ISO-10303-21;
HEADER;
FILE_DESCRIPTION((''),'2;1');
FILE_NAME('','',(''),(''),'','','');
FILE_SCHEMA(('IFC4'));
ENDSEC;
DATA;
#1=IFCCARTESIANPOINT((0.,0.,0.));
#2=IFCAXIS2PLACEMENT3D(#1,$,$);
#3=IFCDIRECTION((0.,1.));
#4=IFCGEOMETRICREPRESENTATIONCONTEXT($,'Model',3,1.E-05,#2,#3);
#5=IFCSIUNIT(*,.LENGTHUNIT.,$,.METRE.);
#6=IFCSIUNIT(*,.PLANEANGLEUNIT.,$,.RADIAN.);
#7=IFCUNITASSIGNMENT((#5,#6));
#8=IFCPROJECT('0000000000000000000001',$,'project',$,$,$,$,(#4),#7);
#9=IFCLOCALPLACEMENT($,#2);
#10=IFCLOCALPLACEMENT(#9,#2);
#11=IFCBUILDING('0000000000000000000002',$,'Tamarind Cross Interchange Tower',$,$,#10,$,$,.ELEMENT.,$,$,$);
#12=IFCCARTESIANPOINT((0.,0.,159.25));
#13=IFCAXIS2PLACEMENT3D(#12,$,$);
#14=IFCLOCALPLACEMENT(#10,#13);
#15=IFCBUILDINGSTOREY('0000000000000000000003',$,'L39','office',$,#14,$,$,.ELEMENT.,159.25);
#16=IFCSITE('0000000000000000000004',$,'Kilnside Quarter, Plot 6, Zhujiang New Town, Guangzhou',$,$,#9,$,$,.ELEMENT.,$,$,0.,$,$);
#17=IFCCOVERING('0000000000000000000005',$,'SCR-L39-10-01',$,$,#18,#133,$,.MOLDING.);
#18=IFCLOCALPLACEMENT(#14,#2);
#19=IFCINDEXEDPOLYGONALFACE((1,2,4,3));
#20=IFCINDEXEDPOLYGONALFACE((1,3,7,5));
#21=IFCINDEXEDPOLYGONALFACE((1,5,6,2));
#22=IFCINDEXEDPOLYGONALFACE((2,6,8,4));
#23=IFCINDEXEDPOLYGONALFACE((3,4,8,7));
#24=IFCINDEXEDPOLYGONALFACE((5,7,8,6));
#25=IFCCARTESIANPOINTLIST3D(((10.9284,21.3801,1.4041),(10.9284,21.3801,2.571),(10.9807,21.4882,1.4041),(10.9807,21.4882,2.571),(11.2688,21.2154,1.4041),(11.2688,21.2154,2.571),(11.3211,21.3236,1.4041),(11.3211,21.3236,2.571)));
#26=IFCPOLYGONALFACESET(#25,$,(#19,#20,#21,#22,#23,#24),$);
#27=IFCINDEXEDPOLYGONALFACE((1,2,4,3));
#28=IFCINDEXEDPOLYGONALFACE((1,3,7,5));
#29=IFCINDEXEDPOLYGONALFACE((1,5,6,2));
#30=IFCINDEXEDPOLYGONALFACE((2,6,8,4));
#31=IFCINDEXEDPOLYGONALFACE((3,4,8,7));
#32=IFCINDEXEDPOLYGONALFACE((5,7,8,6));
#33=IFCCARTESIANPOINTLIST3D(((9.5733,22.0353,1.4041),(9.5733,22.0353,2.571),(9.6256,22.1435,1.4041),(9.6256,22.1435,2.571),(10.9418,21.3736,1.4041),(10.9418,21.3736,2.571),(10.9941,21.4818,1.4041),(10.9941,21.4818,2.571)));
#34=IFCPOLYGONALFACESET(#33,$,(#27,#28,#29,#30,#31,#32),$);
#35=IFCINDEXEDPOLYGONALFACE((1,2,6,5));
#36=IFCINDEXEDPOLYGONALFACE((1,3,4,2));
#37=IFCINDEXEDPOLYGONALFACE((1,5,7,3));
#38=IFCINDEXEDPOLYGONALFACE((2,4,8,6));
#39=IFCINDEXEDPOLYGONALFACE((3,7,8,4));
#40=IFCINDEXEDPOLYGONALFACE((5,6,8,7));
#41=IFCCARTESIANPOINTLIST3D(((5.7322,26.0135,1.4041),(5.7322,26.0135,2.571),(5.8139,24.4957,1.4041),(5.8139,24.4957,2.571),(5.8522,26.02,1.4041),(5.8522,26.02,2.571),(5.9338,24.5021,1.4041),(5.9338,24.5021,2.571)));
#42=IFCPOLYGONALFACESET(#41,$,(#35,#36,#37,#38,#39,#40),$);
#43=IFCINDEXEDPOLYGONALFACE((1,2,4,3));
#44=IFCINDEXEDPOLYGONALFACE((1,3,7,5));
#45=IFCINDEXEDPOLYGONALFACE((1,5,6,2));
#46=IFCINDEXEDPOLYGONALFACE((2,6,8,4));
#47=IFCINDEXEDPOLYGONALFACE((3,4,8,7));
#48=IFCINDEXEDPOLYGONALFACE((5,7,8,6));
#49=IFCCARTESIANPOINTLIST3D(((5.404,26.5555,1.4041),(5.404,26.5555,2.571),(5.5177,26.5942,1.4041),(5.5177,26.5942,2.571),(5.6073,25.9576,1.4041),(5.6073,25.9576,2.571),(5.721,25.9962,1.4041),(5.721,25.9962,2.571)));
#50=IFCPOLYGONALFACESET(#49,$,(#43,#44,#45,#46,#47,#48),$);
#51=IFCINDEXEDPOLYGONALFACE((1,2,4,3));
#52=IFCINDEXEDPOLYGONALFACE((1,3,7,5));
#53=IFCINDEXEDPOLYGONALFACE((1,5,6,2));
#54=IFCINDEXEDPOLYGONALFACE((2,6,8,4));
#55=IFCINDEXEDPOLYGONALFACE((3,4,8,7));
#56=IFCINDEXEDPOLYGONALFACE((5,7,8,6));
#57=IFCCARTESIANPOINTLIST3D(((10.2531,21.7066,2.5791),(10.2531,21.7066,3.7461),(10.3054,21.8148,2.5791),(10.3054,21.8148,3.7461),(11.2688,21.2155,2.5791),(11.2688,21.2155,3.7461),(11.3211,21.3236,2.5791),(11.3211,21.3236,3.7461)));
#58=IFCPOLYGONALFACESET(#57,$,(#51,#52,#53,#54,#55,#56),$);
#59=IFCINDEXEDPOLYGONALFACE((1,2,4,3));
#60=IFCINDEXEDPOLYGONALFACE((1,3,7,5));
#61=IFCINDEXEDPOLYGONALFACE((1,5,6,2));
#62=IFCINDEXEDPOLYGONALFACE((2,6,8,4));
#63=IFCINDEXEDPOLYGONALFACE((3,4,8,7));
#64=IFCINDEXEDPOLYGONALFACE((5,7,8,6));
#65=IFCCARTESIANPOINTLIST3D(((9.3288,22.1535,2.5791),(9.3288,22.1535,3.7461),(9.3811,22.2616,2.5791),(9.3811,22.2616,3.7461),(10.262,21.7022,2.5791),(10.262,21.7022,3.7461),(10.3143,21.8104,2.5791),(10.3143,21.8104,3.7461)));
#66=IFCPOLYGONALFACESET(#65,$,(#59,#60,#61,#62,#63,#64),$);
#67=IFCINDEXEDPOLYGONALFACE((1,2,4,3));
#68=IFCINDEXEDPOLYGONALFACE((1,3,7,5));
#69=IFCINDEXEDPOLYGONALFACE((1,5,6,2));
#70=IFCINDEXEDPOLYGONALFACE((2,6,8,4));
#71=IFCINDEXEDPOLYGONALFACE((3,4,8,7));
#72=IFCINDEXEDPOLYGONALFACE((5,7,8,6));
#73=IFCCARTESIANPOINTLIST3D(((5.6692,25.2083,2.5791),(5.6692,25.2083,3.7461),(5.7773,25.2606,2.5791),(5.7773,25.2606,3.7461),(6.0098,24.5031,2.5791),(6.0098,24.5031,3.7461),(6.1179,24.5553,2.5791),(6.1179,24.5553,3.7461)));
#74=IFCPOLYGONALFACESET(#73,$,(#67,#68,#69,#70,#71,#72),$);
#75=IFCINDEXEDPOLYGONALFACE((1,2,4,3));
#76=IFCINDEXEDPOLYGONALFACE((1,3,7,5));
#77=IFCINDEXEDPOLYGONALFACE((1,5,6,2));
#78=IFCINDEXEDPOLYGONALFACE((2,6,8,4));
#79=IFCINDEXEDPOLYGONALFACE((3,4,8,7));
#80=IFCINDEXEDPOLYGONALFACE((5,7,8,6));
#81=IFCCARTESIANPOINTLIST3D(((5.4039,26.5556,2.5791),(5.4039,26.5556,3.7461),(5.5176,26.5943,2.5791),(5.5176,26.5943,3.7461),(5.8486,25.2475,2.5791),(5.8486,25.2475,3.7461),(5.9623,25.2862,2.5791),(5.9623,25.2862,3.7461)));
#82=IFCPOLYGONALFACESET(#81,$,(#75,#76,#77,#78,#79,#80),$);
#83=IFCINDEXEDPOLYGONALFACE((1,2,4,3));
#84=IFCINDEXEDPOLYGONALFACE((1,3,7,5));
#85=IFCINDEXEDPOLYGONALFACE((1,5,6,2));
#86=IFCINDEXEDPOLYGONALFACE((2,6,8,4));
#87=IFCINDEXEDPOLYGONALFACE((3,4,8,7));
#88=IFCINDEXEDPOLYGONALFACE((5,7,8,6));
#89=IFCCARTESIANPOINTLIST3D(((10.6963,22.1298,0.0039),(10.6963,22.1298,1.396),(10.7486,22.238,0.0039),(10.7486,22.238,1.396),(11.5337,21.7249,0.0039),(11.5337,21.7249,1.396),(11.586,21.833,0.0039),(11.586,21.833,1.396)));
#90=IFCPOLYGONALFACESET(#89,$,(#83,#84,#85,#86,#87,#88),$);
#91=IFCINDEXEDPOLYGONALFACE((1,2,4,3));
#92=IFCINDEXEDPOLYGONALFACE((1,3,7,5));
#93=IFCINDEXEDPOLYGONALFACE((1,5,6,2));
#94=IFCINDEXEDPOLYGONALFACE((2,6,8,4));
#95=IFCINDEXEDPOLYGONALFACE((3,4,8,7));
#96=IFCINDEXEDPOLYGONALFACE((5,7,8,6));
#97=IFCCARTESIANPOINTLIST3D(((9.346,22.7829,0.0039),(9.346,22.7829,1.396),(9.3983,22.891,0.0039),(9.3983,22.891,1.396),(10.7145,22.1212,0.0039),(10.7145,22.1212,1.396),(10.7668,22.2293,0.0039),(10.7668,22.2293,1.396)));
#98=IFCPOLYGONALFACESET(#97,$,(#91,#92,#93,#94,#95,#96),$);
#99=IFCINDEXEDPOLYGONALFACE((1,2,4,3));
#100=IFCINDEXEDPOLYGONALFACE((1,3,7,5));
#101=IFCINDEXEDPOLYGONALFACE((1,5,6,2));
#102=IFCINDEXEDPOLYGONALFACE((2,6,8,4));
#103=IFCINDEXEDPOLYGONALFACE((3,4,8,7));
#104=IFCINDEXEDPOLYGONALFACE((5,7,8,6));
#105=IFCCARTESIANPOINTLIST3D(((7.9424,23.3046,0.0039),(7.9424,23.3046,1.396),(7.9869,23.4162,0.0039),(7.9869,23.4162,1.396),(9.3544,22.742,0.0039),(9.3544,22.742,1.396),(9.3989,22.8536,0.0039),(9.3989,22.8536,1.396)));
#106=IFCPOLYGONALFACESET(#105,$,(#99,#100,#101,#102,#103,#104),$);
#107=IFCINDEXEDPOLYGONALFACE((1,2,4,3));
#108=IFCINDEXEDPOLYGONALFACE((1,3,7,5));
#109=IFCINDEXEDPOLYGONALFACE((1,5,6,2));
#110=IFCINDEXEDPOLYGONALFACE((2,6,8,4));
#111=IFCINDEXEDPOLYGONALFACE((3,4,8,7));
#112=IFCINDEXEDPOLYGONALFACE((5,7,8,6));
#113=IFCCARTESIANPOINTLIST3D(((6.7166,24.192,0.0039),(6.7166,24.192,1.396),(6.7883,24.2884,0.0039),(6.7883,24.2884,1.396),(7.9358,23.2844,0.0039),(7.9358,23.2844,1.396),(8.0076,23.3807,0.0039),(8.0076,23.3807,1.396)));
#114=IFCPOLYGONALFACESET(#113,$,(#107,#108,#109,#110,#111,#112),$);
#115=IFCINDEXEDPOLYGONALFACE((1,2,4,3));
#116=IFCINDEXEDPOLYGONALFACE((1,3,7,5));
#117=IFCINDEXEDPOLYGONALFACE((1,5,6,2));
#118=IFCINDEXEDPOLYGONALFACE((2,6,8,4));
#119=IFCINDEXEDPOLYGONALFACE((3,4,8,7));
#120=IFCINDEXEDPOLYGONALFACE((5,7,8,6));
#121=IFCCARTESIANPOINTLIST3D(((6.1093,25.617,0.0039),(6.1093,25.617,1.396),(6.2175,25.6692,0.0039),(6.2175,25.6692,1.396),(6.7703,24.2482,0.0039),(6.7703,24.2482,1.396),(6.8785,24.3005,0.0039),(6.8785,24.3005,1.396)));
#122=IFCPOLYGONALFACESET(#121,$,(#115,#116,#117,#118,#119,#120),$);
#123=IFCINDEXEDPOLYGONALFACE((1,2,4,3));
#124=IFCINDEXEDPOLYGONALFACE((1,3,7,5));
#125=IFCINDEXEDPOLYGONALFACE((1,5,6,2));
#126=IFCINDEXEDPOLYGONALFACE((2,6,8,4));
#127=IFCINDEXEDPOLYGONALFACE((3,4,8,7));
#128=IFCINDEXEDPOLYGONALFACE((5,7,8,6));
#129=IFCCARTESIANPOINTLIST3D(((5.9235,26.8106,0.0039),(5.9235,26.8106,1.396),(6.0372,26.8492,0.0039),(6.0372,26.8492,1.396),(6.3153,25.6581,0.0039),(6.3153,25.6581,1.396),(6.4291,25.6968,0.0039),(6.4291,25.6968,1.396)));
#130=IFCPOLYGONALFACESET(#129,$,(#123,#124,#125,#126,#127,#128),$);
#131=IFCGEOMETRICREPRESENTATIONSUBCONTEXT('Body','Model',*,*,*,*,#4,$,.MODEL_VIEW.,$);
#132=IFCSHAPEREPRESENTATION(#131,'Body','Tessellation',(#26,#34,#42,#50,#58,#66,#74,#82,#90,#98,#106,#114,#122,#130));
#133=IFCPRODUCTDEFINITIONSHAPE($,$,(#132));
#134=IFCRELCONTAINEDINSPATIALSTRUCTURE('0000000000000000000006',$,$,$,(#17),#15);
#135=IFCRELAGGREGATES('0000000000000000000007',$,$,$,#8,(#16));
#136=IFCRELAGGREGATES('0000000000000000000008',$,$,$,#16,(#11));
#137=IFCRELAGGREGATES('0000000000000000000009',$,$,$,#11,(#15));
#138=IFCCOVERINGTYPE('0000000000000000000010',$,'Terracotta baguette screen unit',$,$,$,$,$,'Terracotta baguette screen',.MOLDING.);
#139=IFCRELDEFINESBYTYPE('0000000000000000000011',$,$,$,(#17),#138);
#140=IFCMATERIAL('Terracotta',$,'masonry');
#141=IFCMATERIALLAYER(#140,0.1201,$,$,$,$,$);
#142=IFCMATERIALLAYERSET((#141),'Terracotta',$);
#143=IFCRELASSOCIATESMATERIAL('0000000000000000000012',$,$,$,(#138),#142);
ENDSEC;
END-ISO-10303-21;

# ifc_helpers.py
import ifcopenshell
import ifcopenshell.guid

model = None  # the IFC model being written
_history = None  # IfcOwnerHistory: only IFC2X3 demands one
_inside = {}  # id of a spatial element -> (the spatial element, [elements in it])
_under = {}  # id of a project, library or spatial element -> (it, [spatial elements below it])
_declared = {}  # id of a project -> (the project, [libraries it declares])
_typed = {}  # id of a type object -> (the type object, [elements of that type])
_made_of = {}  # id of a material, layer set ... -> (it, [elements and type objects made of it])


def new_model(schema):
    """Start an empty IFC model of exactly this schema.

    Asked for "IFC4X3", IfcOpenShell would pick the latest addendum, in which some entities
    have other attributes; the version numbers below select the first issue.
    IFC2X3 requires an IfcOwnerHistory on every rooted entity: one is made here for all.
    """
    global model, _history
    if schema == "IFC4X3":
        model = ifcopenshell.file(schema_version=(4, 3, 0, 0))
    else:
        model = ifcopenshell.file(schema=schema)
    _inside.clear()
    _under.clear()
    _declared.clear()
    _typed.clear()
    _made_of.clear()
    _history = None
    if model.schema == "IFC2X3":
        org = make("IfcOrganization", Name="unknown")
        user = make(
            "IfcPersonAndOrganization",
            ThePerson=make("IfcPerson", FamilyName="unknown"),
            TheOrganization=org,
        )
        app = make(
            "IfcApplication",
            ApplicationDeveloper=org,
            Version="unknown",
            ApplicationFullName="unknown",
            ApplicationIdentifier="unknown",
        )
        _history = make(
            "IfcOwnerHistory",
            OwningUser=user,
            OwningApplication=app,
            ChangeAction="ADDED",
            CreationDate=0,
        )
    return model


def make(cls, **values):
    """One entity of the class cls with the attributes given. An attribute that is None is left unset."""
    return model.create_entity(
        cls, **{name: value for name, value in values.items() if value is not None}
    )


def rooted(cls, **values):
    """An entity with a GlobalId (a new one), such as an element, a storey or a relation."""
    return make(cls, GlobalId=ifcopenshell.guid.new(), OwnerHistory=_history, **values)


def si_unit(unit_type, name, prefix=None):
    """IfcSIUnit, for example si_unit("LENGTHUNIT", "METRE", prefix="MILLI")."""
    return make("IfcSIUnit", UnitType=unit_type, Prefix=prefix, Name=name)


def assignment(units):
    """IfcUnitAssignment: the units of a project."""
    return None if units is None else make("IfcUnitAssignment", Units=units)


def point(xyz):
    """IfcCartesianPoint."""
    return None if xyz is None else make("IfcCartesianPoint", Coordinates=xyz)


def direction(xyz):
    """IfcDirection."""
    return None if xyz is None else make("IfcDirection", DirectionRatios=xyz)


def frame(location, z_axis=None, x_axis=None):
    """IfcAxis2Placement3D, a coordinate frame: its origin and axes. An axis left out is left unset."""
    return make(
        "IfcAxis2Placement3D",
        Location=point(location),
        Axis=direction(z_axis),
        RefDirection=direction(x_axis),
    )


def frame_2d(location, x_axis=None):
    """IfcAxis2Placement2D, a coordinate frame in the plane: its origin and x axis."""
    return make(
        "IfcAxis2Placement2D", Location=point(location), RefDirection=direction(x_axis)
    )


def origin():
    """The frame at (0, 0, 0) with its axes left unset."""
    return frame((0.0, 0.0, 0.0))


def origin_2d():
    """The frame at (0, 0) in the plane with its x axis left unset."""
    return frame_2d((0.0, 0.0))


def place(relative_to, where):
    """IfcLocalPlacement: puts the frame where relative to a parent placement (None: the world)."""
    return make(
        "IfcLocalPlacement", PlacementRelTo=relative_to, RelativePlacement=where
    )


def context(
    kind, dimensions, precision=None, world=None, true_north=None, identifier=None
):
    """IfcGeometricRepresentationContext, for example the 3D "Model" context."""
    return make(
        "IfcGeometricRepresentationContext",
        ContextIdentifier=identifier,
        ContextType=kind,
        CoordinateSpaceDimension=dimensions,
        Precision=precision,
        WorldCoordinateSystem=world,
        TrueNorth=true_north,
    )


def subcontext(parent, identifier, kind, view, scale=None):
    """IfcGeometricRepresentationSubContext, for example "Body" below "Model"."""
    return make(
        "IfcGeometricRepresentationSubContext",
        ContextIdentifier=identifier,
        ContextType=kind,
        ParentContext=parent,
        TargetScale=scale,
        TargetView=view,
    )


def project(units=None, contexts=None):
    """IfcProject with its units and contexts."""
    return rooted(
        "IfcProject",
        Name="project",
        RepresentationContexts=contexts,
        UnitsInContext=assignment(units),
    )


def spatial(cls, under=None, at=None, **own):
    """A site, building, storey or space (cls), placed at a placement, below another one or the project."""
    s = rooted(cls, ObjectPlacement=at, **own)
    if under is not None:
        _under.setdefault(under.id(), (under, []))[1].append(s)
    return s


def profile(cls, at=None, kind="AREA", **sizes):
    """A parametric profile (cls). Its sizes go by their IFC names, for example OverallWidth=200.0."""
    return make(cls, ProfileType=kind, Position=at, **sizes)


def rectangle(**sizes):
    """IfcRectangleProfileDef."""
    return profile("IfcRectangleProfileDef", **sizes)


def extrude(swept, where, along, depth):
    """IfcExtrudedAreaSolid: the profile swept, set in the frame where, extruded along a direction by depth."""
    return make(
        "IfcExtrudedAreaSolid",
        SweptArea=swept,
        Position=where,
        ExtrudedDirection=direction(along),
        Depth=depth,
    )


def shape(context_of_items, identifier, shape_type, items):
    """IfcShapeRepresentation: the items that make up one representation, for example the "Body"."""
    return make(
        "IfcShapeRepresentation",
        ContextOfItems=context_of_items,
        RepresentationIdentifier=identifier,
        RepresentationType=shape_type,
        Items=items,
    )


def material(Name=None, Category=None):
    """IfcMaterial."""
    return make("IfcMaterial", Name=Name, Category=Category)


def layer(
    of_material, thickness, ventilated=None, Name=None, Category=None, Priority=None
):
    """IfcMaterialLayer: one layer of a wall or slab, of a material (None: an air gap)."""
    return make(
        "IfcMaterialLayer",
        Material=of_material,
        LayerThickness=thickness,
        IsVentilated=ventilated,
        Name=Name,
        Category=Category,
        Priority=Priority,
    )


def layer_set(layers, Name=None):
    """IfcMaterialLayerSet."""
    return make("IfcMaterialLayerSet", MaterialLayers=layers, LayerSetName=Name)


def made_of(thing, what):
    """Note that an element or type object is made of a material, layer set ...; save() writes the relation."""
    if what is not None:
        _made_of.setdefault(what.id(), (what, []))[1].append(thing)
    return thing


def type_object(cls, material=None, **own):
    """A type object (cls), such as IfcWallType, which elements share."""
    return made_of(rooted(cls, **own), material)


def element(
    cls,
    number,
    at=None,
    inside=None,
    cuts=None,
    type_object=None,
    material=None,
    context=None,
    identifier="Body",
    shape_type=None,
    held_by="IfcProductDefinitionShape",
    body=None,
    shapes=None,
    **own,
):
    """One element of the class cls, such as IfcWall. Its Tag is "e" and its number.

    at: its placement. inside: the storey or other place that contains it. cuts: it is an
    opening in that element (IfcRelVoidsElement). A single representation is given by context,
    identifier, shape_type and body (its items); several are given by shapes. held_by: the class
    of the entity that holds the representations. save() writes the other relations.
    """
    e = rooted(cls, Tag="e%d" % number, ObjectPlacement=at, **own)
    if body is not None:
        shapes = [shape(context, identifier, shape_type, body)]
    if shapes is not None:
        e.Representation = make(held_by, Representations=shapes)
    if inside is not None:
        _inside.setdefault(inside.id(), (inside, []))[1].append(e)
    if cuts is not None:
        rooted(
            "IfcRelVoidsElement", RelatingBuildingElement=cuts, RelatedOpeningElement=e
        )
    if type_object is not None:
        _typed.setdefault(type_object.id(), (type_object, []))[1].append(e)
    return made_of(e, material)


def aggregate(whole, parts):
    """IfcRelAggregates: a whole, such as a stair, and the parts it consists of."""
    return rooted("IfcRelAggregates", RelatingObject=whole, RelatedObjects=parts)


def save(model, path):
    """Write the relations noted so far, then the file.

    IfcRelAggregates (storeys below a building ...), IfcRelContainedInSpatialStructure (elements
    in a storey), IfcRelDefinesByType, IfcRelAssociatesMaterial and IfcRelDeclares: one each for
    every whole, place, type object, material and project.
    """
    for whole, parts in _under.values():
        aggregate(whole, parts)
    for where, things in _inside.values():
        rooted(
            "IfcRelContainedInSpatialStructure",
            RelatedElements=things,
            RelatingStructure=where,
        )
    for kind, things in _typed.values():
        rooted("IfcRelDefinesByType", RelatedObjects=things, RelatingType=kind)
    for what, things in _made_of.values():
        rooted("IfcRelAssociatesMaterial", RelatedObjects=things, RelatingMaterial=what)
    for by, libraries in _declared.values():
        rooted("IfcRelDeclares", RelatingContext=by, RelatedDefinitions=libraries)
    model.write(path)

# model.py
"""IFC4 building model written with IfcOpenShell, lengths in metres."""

from ifc_helpers import new_model, si_unit, direction, frame, origin, origin_2d, place, context, subcontext, project, spatial, rectangle, extrude, material, layer, layer_set, type_object, element, save


model = new_model("IFC4")

# Units and contexts
model_context = context("Model", 3, precision=1e-05, world=origin(), true_north=direction((0.0, 1.0)))
body_context = subcontext(model_context, "Body", "Model", "MODEL_VIEW")
ifc_project = project(units=[si_unit("LENGTHUNIT", "METRE"), si_unit("PLANEANGLEUNIT", "RADIAN")], contexts=[model_context])

# Site, building, storey
site_placement = place(None, origin())
site = spatial("IfcSite", under=ifc_project, at=site_placement, Name="Kilnside Quarter, Plot 6, Zhujiang New Town, Guangzhou", CompositionType="ELEMENT", RefElevation=0.0)
building_placement = place(site_placement, origin())
building = spatial("IfcBuilding", under=site, at=building_placement, Name="Tamarind Cross Interchange Tower", CompositionType="ELEMENT")
storey_placement = place(building_placement, frame((0.0, 0.0, 159.25)))
storey = spatial("IfcBuildingStorey", under=building, at=storey_placement, Name="L39", Description="office", CompositionType="ELEMENT", Elevation=159.25)

# Covering
ifc_material_1 = material(Name="Terracotta", Category="masonry")
ifc_layer_1 = layer(ifc_material_1, 0.1201)
ifc_layer_set_1 = layer_set([ifc_layer_1], Name="Terracotta")
covering_type = type_object("IfcCoveringType", Name="Terracotta baguette screen unit", ElementType="Terracotta baguette screen", PredefinedType="MOLDING", material=ifc_layer_set_1)
covering_1_placement = place(storey_placement, origin())
element("IfcCovering", 1, at=covering_1_placement, inside=storey, type_object=covering_type, Name="SCR-L39-10-01", PredefinedType="MOLDING", context=body_context, shape_type="SweptSolid", body=[
    extrude(rectangle(XDim=0.3782, YDim=0.1201, at=origin_2d()), frame((11.1248, 21.3518, 1.4041), z_axis=(0.0, 0.0, 1.0), x_axis=(-0.900273, 0.435326, 0.0)), (0.0, 0.0, 1.0), 1.167),
    extrude(rectangle(XDim=1.52, YDim=0.1201, at=origin_2d()), frame((10.2837, 21.7585, 1.4041), z_axis=(0.0, 0.0, 1.0), x_axis=(-0.900273, 0.435326, 0.0)), (0.0, 0.0, 1.0), 1.167),
    extrude(rectangle(XDim=1.52, YDim=0.1201, at=origin_2d()), frame((5.833, 25.2578, 1.4041), z_axis=(0.0, 0.0, 1.0), x_axis=(-0.053712, 0.998556, 0.0)), (0.0, 0.0, 1.0), 1.167),
    extrude(rectangle(XDim=0.6316, YDim=0.1201, at=origin_2d()), frame((5.5625, 26.2759, 1.4041), z_axis=(0.0, 0.0, 1.0), x_axis=(-0.321913, 0.946769, 0.0)), (0.0, 0.0, 1.0), 1.167),
    extrude(rectangle(XDim=1.1282, YDim=0.1201, at=origin_2d()), frame((10.7871, 21.5151, 2.5791), z_axis=(0.0, 0.0, 1.0), x_axis=(-0.900273, 0.435326, 0.0)), (0.0, 0.0, 1.0), 1.167),
    extrude(rectangle(XDim=1.0366, YDim=0.1201, at=origin_2d()), frame((9.8215, 21.9819, 2.5791), z_axis=(0.0, 0.0, 1.0), x_axis=(-0.900273, 0.435326, 0.0)), (0.0, 0.0, 1.0), 1.167),
    extrude(rectangle(XDim=0.7832, YDim=0.1201, at=origin_2d()), frame((5.8936, 24.8818, 2.5791), z_axis=(0.0, 0.0, 1.0), x_axis=(-0.434881, 0.900488, 0.0)), (0.0, 0.0, 1.0), 1.167),
    extrude(rectangle(XDim=1.3816, YDim=0.1201, at=origin_2d()), frame((5.6831, 25.9209, 2.5791), z_axis=(0.0, 0.0, 1.0), x_axis=(-0.321913, 0.946769, 0.0)), (0.0, 0.0, 1.0), 1.167),
    extrude(rectangle(XDim=0.9302, YDim=0.1201, at=origin_2d()), frame((11.1411, 21.9814, 0.0039), z_axis=(0.0, 0.0, 1.0), x_axis=(-0.900273, 0.435326, 0.0)), (0.0, 0.0, 1.0), 1.3921),
    extrude(rectangle(XDim=1.52, YDim=0.1201, at=origin_2d()), frame((10.0564, 22.5061, 0.0039), z_axis=(0.0, 0.0, 1.0), x_axis=(-0.900273, 0.435326, 0.0)), (0.0, 0.0, 1.0), 1.3921),
    extrude(rectangle(XDim=1.52, YDim=0.1201, at=origin_2d()), frame((8.6707, 23.0791, 0.0039), z_axis=(0.0, 0.0, 1.0), x_axis=(-0.928961, 0.370177, 0.0)), (0.0, 0.0, 1.0), 1.3921),
    extrude(rectangle(XDim=1.52, YDim=0.1201, at=origin_2d()), frame((7.3621, 23.7864, 0.0039), z_axis=(0.0, 0.0, 1.0), x_axis=(-0.802148, 0.597126, 0.0)), (0.0, 0.0, 1.0), 1.3921),
    extrude(rectangle(XDim=1.52, YDim=0.1201, at=origin_2d()), frame((6.4939, 24.9587, 0.0039), z_axis=(0.0, 0.0, 1.0), x_axis=(-0.434881, 0.900488, 0.0)), (0.0, 0.0, 1.0), 1.3921),
    extrude(rectangle(XDim=1.2173, YDim=0.1201, at=origin_2d()), frame((6.1763, 26.2537, 0.0039), z_axis=(0.0, 0.0, 1.0), x_axis=(-0.321913, 0.946769, 0.0)), (0.0, 0.0, 1.0), 1.3921),
])

save(model, "model.ifc")
